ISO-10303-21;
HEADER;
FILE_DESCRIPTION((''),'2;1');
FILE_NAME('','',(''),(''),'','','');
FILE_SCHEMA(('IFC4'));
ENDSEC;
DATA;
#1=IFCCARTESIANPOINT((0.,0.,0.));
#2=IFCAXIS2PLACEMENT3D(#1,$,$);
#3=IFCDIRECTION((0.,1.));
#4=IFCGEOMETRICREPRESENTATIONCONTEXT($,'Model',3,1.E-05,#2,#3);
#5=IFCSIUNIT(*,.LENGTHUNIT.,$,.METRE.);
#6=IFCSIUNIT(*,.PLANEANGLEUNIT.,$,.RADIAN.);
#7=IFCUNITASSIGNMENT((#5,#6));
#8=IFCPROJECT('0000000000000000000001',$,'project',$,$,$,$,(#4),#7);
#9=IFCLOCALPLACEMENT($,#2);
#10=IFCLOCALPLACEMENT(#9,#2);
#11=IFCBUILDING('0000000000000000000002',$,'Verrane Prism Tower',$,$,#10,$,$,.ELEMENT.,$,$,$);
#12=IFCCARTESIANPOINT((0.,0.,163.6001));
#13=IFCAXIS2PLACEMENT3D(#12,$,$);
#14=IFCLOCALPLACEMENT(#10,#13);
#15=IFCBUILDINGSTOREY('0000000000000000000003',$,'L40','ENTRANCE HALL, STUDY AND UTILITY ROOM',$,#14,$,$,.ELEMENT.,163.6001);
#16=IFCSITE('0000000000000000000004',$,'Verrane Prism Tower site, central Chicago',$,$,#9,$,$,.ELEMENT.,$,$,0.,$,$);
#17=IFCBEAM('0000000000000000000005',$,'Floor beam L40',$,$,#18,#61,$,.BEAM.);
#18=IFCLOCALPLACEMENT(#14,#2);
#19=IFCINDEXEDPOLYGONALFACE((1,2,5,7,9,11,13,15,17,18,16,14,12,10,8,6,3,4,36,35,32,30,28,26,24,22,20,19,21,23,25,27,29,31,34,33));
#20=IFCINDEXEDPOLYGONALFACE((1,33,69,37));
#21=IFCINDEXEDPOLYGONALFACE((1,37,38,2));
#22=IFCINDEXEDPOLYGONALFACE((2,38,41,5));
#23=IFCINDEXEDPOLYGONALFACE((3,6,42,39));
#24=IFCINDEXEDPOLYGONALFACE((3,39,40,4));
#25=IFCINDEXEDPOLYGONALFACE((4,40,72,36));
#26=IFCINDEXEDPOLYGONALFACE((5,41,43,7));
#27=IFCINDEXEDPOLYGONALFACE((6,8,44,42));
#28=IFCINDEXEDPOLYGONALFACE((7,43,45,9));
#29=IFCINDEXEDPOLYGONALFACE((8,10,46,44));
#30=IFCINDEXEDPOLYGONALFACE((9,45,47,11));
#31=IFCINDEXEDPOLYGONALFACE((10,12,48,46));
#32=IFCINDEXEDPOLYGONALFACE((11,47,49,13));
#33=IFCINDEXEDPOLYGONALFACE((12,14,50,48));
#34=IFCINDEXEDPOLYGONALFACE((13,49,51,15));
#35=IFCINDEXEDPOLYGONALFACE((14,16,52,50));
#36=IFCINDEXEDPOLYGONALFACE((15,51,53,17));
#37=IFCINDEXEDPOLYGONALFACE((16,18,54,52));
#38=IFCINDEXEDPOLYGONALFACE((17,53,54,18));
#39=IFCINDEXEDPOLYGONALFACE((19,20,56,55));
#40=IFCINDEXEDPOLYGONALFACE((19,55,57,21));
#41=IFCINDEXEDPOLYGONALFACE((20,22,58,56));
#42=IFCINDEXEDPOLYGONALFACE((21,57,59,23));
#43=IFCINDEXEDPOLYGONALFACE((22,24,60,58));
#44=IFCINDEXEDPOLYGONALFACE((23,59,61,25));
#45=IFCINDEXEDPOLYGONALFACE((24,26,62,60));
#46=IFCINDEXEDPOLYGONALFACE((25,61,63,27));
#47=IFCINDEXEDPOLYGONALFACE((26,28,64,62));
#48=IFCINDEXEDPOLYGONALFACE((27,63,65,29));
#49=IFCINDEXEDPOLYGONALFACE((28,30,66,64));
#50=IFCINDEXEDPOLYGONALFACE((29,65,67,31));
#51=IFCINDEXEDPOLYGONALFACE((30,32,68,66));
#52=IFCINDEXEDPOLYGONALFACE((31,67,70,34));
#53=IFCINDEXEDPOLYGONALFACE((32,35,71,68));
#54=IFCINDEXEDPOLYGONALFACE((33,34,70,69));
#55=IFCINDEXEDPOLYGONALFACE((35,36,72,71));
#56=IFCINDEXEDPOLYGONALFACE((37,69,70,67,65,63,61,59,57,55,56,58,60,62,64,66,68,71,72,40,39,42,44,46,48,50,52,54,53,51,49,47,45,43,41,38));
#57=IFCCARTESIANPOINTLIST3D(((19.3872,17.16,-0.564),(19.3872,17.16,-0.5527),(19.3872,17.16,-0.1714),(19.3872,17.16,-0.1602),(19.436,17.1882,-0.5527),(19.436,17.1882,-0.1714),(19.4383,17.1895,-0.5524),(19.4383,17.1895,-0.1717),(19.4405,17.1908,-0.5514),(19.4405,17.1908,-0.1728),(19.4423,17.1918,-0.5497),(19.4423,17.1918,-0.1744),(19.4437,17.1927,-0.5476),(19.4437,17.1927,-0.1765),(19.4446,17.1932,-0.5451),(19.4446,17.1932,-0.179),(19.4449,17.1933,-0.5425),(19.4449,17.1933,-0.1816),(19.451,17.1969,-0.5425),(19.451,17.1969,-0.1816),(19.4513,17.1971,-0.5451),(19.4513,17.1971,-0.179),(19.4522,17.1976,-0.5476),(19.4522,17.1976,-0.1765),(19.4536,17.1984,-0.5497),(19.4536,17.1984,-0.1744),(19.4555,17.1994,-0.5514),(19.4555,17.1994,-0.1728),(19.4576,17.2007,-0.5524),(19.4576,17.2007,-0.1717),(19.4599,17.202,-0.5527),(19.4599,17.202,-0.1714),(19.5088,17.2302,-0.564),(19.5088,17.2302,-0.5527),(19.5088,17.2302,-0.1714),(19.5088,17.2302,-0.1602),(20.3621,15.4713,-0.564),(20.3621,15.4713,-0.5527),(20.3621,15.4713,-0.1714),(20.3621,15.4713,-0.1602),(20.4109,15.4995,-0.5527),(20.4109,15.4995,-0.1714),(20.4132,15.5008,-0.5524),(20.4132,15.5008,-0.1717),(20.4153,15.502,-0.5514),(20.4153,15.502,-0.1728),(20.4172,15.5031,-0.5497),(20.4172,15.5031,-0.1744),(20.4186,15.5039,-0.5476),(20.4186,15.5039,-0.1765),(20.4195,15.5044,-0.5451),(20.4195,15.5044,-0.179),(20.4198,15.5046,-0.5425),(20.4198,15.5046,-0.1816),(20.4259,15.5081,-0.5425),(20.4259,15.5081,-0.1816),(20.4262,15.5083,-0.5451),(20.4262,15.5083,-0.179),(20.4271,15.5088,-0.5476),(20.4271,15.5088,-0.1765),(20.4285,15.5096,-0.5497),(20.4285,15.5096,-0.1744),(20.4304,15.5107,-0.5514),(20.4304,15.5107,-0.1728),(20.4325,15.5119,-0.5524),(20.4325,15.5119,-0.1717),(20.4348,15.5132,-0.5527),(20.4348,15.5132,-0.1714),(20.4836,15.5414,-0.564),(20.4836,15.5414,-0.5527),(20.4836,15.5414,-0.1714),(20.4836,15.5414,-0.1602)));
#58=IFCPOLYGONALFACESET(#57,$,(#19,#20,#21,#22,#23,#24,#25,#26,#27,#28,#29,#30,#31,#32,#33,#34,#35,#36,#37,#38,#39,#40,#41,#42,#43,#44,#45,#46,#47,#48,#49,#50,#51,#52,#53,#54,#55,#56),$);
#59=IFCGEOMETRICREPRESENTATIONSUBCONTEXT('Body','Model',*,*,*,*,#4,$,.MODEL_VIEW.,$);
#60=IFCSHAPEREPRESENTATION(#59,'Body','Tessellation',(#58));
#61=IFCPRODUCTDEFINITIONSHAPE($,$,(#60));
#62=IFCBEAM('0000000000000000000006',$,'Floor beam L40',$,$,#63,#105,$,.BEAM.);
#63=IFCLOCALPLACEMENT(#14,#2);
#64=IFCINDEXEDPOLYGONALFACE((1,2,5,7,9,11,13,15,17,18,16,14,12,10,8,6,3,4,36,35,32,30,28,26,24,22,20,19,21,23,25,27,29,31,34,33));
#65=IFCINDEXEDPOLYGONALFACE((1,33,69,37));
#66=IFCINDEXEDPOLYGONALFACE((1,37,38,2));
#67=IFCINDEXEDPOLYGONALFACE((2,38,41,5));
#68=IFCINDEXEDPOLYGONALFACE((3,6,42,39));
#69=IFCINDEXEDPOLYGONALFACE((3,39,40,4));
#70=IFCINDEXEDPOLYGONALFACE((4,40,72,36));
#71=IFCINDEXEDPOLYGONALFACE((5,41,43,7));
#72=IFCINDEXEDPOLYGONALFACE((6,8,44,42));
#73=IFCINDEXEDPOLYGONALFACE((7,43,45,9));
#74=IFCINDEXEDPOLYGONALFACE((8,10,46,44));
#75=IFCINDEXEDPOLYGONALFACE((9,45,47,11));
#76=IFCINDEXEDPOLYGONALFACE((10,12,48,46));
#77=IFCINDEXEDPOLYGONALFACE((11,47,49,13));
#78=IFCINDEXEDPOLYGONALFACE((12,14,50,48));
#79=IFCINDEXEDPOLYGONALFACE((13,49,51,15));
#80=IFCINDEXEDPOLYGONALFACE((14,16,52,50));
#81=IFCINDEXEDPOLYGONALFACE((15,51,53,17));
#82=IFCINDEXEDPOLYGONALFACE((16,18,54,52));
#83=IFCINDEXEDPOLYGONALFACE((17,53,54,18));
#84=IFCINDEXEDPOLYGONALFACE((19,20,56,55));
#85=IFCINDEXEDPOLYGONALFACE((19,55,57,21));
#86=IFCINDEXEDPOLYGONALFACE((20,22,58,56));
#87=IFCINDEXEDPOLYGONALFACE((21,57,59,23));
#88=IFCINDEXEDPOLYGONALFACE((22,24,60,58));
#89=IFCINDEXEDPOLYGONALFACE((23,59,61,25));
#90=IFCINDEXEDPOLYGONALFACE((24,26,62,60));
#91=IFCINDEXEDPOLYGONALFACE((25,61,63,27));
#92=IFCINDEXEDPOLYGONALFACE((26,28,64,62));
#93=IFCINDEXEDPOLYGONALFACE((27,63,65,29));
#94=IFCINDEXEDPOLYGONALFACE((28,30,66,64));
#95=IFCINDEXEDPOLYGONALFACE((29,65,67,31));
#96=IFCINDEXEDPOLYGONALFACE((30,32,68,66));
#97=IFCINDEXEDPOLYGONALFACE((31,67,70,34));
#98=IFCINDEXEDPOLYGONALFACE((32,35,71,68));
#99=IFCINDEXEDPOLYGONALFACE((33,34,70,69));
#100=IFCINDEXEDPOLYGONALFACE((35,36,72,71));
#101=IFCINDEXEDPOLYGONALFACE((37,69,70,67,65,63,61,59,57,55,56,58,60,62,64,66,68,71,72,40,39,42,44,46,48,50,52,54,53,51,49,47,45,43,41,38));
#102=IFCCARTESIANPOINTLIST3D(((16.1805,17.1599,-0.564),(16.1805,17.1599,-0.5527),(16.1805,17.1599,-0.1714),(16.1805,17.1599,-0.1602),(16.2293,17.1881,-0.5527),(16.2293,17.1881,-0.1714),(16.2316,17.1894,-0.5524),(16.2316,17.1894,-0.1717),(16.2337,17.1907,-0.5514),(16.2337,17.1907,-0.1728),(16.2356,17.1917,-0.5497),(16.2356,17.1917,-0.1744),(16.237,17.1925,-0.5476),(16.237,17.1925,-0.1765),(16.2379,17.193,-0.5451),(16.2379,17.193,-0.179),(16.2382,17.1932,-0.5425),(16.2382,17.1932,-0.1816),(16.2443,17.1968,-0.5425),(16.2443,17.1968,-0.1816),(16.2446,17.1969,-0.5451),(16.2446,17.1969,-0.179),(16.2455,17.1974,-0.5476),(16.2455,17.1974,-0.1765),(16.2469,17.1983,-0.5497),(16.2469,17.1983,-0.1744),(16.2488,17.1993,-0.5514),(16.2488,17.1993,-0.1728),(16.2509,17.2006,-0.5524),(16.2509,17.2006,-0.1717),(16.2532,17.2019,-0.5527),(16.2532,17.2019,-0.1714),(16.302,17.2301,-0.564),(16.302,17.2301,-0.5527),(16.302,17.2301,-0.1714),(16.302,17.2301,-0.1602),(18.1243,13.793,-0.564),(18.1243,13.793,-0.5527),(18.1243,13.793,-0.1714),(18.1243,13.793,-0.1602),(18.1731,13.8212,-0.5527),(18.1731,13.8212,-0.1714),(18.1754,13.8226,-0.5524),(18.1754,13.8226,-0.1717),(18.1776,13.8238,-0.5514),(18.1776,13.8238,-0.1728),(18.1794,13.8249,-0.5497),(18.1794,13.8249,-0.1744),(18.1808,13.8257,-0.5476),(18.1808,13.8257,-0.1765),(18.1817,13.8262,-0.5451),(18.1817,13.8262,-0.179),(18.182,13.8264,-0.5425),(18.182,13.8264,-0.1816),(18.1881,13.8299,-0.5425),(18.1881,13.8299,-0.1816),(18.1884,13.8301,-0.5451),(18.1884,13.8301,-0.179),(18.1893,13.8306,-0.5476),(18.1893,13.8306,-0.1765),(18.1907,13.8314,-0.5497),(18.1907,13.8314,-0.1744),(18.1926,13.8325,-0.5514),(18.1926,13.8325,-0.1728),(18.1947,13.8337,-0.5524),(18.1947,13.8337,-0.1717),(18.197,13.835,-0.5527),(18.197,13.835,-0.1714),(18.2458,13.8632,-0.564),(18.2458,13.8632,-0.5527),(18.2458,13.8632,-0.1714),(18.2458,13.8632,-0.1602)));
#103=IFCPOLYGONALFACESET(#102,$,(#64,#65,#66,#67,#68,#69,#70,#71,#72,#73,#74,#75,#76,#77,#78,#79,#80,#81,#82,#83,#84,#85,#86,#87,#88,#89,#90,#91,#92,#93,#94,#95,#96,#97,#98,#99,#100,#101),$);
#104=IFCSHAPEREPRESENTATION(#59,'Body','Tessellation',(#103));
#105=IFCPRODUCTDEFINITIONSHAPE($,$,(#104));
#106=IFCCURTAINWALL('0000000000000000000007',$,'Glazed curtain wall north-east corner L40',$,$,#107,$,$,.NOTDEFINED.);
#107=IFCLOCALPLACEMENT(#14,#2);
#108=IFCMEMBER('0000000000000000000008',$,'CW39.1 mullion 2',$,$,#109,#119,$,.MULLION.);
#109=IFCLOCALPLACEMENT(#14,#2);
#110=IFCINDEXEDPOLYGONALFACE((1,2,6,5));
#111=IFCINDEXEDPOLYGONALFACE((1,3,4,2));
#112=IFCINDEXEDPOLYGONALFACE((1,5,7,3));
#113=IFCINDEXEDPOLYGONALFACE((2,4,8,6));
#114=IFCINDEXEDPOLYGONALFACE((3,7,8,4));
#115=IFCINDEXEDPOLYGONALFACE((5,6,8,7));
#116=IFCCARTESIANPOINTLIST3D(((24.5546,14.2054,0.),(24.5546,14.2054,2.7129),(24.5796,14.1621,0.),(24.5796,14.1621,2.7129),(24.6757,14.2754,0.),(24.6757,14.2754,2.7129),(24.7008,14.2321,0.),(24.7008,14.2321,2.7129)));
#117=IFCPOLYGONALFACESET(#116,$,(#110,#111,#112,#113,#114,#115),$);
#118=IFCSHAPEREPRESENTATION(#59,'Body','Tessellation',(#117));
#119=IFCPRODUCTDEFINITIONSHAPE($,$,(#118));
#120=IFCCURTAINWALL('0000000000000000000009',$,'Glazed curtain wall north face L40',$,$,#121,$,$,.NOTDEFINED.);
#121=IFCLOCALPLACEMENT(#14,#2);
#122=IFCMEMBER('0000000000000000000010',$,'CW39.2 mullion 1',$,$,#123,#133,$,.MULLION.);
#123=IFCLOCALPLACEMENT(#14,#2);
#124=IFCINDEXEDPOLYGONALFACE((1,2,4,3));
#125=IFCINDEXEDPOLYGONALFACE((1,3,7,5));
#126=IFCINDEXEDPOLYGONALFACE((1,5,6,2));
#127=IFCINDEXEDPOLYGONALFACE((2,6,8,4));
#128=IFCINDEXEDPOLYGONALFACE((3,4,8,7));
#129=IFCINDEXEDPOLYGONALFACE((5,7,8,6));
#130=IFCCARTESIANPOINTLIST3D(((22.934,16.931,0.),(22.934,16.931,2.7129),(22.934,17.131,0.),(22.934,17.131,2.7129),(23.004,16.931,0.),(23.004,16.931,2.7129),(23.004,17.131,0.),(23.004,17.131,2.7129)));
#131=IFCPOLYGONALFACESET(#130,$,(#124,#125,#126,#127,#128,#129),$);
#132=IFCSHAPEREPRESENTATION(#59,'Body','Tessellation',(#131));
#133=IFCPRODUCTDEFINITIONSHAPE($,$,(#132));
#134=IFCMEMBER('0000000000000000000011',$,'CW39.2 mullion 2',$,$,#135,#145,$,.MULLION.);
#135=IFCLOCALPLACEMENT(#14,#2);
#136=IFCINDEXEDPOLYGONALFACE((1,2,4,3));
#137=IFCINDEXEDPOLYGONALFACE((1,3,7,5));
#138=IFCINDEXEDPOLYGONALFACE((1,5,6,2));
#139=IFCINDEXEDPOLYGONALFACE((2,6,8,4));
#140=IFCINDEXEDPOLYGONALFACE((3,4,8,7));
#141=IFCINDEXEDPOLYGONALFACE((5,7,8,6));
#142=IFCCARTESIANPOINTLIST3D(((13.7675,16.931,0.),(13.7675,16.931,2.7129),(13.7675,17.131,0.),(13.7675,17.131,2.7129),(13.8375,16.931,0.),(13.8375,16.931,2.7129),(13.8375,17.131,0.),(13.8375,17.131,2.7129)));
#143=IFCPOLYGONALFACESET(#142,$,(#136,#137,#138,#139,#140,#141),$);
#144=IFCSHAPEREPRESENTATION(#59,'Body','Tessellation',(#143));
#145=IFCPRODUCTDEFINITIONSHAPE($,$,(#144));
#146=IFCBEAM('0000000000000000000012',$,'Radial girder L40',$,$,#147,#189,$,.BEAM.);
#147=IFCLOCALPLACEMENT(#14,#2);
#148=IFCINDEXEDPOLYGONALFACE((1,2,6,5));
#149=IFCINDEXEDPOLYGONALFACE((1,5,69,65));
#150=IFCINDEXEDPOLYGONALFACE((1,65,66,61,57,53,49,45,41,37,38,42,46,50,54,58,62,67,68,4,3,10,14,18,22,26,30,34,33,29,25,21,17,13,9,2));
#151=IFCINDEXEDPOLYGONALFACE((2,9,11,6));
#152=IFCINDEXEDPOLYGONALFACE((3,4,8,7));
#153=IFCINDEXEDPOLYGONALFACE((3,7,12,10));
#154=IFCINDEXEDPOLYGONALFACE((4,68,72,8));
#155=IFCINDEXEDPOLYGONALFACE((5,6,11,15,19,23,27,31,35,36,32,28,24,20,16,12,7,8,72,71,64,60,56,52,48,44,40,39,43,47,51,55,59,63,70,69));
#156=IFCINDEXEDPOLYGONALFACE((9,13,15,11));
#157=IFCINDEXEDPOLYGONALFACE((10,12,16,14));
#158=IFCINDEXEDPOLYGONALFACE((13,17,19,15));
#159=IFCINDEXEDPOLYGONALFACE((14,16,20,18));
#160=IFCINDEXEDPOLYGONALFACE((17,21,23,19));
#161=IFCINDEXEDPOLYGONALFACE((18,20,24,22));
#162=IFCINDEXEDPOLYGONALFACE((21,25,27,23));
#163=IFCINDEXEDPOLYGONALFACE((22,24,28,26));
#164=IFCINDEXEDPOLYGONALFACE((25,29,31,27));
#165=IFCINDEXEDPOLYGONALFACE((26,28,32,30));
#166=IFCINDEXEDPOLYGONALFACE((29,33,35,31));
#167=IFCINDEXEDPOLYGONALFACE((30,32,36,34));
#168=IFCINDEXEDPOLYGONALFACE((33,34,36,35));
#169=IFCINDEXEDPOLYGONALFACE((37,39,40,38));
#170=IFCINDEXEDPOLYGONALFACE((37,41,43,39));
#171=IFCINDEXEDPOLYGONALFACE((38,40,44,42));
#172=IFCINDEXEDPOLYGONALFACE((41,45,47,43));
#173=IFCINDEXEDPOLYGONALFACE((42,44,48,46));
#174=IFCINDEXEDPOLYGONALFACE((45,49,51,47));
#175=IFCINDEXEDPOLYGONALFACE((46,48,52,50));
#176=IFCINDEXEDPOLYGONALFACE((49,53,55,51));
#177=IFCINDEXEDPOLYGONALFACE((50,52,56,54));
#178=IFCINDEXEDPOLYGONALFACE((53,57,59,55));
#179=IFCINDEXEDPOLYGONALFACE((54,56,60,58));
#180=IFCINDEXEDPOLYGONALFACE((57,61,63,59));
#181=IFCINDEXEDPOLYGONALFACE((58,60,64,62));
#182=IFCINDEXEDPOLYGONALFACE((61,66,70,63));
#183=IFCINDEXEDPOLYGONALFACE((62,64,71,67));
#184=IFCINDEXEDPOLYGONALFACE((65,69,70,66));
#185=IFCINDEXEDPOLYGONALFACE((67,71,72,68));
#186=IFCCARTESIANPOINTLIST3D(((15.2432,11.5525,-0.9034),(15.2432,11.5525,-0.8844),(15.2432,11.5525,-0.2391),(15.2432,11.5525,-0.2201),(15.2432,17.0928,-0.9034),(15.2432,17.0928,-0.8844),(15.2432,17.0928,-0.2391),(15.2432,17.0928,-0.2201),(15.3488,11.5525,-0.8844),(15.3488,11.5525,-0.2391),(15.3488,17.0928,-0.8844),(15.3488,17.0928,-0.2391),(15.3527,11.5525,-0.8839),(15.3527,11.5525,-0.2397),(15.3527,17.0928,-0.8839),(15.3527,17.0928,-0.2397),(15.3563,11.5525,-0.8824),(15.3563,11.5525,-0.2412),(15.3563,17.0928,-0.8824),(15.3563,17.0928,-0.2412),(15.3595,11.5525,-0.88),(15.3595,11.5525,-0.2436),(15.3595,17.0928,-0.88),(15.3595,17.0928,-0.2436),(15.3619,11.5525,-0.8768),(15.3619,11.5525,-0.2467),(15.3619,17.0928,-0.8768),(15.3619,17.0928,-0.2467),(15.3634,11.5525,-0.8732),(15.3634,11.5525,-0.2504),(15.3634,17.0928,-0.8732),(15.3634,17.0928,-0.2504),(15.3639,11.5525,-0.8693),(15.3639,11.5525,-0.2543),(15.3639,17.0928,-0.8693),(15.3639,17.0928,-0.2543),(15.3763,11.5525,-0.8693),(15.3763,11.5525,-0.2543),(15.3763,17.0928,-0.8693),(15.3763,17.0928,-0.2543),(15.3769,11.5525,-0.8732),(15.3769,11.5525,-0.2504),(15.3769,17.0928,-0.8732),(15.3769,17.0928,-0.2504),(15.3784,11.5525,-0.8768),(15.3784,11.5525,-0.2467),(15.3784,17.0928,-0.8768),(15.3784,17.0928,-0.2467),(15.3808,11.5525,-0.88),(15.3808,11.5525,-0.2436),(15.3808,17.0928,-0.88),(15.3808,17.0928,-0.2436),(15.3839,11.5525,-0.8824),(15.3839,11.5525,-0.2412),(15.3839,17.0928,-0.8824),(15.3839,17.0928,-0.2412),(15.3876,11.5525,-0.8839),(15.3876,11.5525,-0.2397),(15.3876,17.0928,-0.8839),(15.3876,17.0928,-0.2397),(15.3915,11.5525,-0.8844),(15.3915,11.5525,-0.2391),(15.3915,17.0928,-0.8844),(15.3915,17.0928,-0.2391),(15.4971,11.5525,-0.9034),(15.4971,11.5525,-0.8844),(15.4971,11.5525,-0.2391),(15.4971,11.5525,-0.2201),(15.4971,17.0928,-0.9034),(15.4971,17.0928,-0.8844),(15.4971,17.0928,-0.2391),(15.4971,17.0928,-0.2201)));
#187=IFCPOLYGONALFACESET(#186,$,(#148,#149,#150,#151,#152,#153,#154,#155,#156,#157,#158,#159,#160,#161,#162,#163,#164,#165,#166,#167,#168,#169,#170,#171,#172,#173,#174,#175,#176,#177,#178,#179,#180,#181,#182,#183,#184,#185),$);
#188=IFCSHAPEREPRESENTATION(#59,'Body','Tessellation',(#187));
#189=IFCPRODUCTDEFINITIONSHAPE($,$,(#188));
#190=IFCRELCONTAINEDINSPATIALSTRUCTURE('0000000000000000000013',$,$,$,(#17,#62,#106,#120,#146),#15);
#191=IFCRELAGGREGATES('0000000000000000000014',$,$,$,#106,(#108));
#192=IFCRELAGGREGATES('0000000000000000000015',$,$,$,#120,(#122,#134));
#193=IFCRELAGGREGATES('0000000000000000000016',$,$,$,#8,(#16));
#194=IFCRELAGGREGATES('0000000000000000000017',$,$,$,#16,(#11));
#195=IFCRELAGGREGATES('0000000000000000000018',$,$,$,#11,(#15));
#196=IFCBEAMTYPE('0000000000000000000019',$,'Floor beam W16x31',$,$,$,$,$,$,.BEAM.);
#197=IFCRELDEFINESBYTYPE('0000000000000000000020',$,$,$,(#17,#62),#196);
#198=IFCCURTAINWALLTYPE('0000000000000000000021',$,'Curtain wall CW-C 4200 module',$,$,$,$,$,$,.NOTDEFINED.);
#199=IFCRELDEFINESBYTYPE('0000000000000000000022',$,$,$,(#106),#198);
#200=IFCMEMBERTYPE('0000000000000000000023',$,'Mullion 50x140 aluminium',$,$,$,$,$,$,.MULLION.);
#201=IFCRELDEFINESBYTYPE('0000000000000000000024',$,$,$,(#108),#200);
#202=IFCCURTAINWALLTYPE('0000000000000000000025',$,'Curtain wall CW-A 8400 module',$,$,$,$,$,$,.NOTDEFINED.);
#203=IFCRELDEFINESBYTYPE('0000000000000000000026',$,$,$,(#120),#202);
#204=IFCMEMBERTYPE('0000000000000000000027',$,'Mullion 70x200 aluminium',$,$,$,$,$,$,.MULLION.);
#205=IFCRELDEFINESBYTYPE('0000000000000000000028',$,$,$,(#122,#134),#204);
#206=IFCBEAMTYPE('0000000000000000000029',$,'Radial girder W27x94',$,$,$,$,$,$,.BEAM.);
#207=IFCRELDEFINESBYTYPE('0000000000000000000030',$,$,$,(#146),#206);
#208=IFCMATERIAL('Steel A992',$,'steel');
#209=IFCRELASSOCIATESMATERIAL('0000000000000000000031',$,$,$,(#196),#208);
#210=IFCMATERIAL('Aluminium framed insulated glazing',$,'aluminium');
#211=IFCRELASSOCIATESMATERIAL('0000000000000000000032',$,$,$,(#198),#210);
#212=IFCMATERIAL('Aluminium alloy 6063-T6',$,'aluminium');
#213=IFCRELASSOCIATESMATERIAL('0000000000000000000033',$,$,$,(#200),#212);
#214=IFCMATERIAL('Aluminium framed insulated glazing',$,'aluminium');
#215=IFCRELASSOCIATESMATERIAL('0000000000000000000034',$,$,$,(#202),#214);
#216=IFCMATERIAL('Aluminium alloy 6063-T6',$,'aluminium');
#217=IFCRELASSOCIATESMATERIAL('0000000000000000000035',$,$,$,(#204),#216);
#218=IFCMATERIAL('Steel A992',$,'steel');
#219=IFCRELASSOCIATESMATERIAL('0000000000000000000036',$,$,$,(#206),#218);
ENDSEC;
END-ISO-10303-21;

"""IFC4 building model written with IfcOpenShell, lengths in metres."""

from ifc_helpers import new_model, si_unit, direction, frame, origin, origin_2d, place, context, subcontext, project, spatial, rectangle, i_section, extrude, material, material_profile, profile_set, type_object, element, aggregate, save


model = new_model("IFC4")

# Units and contexts
model_context = context("Model", 3, precision=1e-05, world=origin(), true_north=direction((0.0, 1.0)))
body_context = subcontext(model_context, "Body", "Model", "MODEL_VIEW")
ifc_project = project(units=[si_unit("LENGTHUNIT", "METRE"), si_unit("PLANEANGLEUNIT", "RADIAN")], contexts=[model_context])

# Site, building, storey
site_placement = place(None, origin())
site = spatial("IfcSite", under=ifc_project, at=site_placement, Name="Verrane Prism Tower site, central Chicago", CompositionType="ELEMENT", RefElevation=0.0)
building_placement = place(site_placement, origin())
building = spatial("IfcBuilding", under=site, at=building_placement, Name="Verrane Prism Tower", CompositionType="ELEMENT")
storey_placement = place(building_placement, frame((0.0, 0.0, 163.6001)))
storey = spatial("IfcBuildingStorey", under=building, at=storey_placement, Name="L40", Description="ENTRANCE HALL, STUDY AND UTILITY ROOM", CompositionType="ELEMENT", Elevation=163.6001)

# Beams
ifc_material_1 = material(Name="Steel A992", Category="steel")
ifc_material_profile_1 = material_profile(ifc_material_1, i_section(OverallWidth=0.1404, OverallDepth=0.4038, WebThickness=0.0071, FlangeThickness=0.0112, FilletRadius=0.0103, at=origin_2d()), Name="W16x31")
ifc_profile_set_1 = profile_set([ifc_material_profile_1], Name="Steel A992")
beam_type_1 = type_object("IfcBeamType", Name="Floor beam W16x31", PredefinedType="BEAM", material=ifc_profile_set_1)
beam_1_placement = place(storey_placement, frame((20.4229, 15.5063, -0.3621), z_axis=(-0.49995, 0.866054, 0.0), x_axis=(-0.866054, -0.49995, 0.0)))
element("IfcBeam", 1, at=beam_1_placement, inside=storey, type_object=beam_type_1, Name="Floor beam L40", PredefinedType="BEAM", context=body_context, shape_type="SweptSolid", body=[
    extrude(i_section(OverallWidth=0.1404, OverallDepth=0.4038, WebThickness=0.0071, FlangeThickness=0.0112, FilletRadius=0.0103, at=origin_2d()), origin(), (0.0, 0.0, 1.0), 1.95),
])
beam_2_placement = place(storey_placement, frame((18.1851, 13.8281, -0.3621), z_axis=(-0.499989, 0.866032, 0.0), x_axis=(-0.866032, -0.499989, 0.0)))
element("IfcBeam", 2, at=beam_2_placement, inside=storey, type_object=beam_type_1, Name="Floor beam L40", PredefinedType="BEAM", context=body_context, shape_type="SweptSolid", body=[
    extrude(i_section(OverallWidth=0.1404, OverallDepth=0.4038, WebThickness=0.0071, FlangeThickness=0.0112, FilletRadius=0.0103, at=origin_2d()), origin(), (0.0, 0.0, 1.0), 3.8877),
])

# Curtain wall, member
ifc_material_2 = material(Name="Aluminium framed insulated glazing", Category="aluminium")
curtain_wall_type_1 = type_object("IfcCurtainWallType", Name="Curtain wall CW-C 4200 module", PredefinedType="NOTDEFINED", material=ifc_material_2)
curtain_wall_1_placement = place(storey_placement, origin())
curtain_wall_1 = element("IfcCurtainWall", 3, at=curtain_wall_1_placement, inside=storey, type_object=curtain_wall_type_1, Name="Glazed curtain wall north-east corner L40", PredefinedType="NOTDEFINED")
ifc_material_3 = material(Name="Aluminium alloy 6063-T6", Category="aluminium")
ifc_material_profile_2 = material_profile(ifc_material_3, rectangle(XDim=0.1399, YDim=0.05, at=origin_2d()), Name="Mullion 50x140 aluminium")
ifc_profile_set_2 = profile_set([ifc_material_profile_2], Name="Aluminium alloy 6063-T6")
member_type_1 = type_object("IfcMemberType", Name="Mullion 50x140 aluminium", PredefinedType="MULLION", material=ifc_profile_set_2)
member_1_placement = place(storey_placement, frame((24.6277, 14.2188, 0.0), z_axis=(0.0, 0.0, 1.0), x_axis=(-0.866022, -0.500006, 0.0)))
member_1 = element("IfcMember", 4, at=member_1_placement, type_object=member_type_1, Name="CW39.1 mullion 2", PredefinedType="MULLION", context=body_context, shape_type="SweptSolid", body=[
    extrude(rectangle(XDim=0.1399, YDim=0.05, at=origin_2d()), origin(), (0.0, 0.0, 1.0), 2.7129),
])

# Curtain wall, members
ifc_material_4 = material(Name="Aluminium framed insulated glazing", Category="aluminium")
curtain_wall_type_2 = type_object("IfcCurtainWallType", Name="Curtain wall CW-A 8400 module", PredefinedType="NOTDEFINED", material=ifc_material_4)
curtain_wall_2_placement = place(storey_placement, origin())
curtain_wall_2 = element("IfcCurtainWall", 5, at=curtain_wall_2_placement, inside=storey, type_object=curtain_wall_type_2, Name="Glazed curtain wall north face L40", PredefinedType="NOTDEFINED")
ifc_material_5 = material(Name="Aluminium alloy 6063-T6", Category="aluminium")
ifc_material_profile_3 = material_profile(ifc_material_5, rectangle(XDim=0.2, YDim=0.0701, at=origin_2d()), Name="Mullion 70x200 aluminium")
ifc_profile_set_3 = profile_set([ifc_material_profile_3], Name="Aluminium alloy 6063-T6")
member_type_2 = type_object("IfcMemberType", Name="Mullion 70x200 aluminium", PredefinedType="MULLION", material=ifc_profile_set_3)
member_2_placement = place(storey_placement, frame((22.969, 17.031, 0.0), z_axis=(0.0, 0.0, 1.0), x_axis=(0.0, -1.0, 0.0)))
member_2 = element("IfcMember", 6, at=member_2_placement, type_object=member_type_2, Name="CW39.2 mullion 1", PredefinedType="MULLION", context=body_context, shape_type="SweptSolid", body=[
    extrude(rectangle(XDim=0.2, YDim=0.0701, at=origin_2d()), origin(), (0.0, 0.0, 1.0), 2.7129),
])
member_3_placement = place(storey_placement, frame((13.8025, 17.031, 0.0), z_axis=(0.0, 0.0, 1.0), x_axis=(0.0, -1.0, 0.0)))
member_3 = element("IfcMember", 7, at=member_3_placement, type_object=member_type_2, Name="CW39.2 mullion 2", PredefinedType="MULLION", context=body_context, shape_type="SweptSolid", body=[
    extrude(rectangle(XDim=0.2, YDim=0.0701, at=origin_2d()), origin(), (0.0, 0.0, 1.0), 2.7129),
])

# Beam
ifc_material_6 = material(Name="Steel A992", Category="steel")
ifc_material_profile_4 = material_profile(ifc_material_6, i_section(OverallWidth=0.2539, OverallDepth=0.6833, WebThickness=0.0125, FlangeThickness=0.019, FilletRadius=0.0151, at=origin_2d()), Name="W27x94")
ifc_profile_set_4 = profile_set([ifc_material_profile_4], Name="Steel A992")
beam_type_2 = type_object("IfcBeamType", Name="Radial girder W27x94", PredefinedType="BEAM", material=ifc_profile_set_4)
beam_3_placement = place(storey_placement, frame((15.3701, 17.0928, -0.5618), z_axis=(0.0, -1.0, 0.0), x_axis=(1.0, 0.0, 0.0)))
element("IfcBeam", 8, at=beam_3_placement, inside=storey, type_object=beam_type_2, Name="Radial girder L40", PredefinedType="BEAM", context=body_context, shape_type="SweptSolid", body=[
    extrude(i_section(OverallWidth=0.2539, OverallDepth=0.6833, WebThickness=0.0125, FlangeThickness=0.019, FilletRadius=0.0151, at=origin_2d()), origin(), (0.0, 0.0, 1.0), 5.5403),
])

aggregate(curtain_wall_1, [member_1])
aggregate(curtain_wall_2, [member_2, member_3])

save(model, "model.ifc")
